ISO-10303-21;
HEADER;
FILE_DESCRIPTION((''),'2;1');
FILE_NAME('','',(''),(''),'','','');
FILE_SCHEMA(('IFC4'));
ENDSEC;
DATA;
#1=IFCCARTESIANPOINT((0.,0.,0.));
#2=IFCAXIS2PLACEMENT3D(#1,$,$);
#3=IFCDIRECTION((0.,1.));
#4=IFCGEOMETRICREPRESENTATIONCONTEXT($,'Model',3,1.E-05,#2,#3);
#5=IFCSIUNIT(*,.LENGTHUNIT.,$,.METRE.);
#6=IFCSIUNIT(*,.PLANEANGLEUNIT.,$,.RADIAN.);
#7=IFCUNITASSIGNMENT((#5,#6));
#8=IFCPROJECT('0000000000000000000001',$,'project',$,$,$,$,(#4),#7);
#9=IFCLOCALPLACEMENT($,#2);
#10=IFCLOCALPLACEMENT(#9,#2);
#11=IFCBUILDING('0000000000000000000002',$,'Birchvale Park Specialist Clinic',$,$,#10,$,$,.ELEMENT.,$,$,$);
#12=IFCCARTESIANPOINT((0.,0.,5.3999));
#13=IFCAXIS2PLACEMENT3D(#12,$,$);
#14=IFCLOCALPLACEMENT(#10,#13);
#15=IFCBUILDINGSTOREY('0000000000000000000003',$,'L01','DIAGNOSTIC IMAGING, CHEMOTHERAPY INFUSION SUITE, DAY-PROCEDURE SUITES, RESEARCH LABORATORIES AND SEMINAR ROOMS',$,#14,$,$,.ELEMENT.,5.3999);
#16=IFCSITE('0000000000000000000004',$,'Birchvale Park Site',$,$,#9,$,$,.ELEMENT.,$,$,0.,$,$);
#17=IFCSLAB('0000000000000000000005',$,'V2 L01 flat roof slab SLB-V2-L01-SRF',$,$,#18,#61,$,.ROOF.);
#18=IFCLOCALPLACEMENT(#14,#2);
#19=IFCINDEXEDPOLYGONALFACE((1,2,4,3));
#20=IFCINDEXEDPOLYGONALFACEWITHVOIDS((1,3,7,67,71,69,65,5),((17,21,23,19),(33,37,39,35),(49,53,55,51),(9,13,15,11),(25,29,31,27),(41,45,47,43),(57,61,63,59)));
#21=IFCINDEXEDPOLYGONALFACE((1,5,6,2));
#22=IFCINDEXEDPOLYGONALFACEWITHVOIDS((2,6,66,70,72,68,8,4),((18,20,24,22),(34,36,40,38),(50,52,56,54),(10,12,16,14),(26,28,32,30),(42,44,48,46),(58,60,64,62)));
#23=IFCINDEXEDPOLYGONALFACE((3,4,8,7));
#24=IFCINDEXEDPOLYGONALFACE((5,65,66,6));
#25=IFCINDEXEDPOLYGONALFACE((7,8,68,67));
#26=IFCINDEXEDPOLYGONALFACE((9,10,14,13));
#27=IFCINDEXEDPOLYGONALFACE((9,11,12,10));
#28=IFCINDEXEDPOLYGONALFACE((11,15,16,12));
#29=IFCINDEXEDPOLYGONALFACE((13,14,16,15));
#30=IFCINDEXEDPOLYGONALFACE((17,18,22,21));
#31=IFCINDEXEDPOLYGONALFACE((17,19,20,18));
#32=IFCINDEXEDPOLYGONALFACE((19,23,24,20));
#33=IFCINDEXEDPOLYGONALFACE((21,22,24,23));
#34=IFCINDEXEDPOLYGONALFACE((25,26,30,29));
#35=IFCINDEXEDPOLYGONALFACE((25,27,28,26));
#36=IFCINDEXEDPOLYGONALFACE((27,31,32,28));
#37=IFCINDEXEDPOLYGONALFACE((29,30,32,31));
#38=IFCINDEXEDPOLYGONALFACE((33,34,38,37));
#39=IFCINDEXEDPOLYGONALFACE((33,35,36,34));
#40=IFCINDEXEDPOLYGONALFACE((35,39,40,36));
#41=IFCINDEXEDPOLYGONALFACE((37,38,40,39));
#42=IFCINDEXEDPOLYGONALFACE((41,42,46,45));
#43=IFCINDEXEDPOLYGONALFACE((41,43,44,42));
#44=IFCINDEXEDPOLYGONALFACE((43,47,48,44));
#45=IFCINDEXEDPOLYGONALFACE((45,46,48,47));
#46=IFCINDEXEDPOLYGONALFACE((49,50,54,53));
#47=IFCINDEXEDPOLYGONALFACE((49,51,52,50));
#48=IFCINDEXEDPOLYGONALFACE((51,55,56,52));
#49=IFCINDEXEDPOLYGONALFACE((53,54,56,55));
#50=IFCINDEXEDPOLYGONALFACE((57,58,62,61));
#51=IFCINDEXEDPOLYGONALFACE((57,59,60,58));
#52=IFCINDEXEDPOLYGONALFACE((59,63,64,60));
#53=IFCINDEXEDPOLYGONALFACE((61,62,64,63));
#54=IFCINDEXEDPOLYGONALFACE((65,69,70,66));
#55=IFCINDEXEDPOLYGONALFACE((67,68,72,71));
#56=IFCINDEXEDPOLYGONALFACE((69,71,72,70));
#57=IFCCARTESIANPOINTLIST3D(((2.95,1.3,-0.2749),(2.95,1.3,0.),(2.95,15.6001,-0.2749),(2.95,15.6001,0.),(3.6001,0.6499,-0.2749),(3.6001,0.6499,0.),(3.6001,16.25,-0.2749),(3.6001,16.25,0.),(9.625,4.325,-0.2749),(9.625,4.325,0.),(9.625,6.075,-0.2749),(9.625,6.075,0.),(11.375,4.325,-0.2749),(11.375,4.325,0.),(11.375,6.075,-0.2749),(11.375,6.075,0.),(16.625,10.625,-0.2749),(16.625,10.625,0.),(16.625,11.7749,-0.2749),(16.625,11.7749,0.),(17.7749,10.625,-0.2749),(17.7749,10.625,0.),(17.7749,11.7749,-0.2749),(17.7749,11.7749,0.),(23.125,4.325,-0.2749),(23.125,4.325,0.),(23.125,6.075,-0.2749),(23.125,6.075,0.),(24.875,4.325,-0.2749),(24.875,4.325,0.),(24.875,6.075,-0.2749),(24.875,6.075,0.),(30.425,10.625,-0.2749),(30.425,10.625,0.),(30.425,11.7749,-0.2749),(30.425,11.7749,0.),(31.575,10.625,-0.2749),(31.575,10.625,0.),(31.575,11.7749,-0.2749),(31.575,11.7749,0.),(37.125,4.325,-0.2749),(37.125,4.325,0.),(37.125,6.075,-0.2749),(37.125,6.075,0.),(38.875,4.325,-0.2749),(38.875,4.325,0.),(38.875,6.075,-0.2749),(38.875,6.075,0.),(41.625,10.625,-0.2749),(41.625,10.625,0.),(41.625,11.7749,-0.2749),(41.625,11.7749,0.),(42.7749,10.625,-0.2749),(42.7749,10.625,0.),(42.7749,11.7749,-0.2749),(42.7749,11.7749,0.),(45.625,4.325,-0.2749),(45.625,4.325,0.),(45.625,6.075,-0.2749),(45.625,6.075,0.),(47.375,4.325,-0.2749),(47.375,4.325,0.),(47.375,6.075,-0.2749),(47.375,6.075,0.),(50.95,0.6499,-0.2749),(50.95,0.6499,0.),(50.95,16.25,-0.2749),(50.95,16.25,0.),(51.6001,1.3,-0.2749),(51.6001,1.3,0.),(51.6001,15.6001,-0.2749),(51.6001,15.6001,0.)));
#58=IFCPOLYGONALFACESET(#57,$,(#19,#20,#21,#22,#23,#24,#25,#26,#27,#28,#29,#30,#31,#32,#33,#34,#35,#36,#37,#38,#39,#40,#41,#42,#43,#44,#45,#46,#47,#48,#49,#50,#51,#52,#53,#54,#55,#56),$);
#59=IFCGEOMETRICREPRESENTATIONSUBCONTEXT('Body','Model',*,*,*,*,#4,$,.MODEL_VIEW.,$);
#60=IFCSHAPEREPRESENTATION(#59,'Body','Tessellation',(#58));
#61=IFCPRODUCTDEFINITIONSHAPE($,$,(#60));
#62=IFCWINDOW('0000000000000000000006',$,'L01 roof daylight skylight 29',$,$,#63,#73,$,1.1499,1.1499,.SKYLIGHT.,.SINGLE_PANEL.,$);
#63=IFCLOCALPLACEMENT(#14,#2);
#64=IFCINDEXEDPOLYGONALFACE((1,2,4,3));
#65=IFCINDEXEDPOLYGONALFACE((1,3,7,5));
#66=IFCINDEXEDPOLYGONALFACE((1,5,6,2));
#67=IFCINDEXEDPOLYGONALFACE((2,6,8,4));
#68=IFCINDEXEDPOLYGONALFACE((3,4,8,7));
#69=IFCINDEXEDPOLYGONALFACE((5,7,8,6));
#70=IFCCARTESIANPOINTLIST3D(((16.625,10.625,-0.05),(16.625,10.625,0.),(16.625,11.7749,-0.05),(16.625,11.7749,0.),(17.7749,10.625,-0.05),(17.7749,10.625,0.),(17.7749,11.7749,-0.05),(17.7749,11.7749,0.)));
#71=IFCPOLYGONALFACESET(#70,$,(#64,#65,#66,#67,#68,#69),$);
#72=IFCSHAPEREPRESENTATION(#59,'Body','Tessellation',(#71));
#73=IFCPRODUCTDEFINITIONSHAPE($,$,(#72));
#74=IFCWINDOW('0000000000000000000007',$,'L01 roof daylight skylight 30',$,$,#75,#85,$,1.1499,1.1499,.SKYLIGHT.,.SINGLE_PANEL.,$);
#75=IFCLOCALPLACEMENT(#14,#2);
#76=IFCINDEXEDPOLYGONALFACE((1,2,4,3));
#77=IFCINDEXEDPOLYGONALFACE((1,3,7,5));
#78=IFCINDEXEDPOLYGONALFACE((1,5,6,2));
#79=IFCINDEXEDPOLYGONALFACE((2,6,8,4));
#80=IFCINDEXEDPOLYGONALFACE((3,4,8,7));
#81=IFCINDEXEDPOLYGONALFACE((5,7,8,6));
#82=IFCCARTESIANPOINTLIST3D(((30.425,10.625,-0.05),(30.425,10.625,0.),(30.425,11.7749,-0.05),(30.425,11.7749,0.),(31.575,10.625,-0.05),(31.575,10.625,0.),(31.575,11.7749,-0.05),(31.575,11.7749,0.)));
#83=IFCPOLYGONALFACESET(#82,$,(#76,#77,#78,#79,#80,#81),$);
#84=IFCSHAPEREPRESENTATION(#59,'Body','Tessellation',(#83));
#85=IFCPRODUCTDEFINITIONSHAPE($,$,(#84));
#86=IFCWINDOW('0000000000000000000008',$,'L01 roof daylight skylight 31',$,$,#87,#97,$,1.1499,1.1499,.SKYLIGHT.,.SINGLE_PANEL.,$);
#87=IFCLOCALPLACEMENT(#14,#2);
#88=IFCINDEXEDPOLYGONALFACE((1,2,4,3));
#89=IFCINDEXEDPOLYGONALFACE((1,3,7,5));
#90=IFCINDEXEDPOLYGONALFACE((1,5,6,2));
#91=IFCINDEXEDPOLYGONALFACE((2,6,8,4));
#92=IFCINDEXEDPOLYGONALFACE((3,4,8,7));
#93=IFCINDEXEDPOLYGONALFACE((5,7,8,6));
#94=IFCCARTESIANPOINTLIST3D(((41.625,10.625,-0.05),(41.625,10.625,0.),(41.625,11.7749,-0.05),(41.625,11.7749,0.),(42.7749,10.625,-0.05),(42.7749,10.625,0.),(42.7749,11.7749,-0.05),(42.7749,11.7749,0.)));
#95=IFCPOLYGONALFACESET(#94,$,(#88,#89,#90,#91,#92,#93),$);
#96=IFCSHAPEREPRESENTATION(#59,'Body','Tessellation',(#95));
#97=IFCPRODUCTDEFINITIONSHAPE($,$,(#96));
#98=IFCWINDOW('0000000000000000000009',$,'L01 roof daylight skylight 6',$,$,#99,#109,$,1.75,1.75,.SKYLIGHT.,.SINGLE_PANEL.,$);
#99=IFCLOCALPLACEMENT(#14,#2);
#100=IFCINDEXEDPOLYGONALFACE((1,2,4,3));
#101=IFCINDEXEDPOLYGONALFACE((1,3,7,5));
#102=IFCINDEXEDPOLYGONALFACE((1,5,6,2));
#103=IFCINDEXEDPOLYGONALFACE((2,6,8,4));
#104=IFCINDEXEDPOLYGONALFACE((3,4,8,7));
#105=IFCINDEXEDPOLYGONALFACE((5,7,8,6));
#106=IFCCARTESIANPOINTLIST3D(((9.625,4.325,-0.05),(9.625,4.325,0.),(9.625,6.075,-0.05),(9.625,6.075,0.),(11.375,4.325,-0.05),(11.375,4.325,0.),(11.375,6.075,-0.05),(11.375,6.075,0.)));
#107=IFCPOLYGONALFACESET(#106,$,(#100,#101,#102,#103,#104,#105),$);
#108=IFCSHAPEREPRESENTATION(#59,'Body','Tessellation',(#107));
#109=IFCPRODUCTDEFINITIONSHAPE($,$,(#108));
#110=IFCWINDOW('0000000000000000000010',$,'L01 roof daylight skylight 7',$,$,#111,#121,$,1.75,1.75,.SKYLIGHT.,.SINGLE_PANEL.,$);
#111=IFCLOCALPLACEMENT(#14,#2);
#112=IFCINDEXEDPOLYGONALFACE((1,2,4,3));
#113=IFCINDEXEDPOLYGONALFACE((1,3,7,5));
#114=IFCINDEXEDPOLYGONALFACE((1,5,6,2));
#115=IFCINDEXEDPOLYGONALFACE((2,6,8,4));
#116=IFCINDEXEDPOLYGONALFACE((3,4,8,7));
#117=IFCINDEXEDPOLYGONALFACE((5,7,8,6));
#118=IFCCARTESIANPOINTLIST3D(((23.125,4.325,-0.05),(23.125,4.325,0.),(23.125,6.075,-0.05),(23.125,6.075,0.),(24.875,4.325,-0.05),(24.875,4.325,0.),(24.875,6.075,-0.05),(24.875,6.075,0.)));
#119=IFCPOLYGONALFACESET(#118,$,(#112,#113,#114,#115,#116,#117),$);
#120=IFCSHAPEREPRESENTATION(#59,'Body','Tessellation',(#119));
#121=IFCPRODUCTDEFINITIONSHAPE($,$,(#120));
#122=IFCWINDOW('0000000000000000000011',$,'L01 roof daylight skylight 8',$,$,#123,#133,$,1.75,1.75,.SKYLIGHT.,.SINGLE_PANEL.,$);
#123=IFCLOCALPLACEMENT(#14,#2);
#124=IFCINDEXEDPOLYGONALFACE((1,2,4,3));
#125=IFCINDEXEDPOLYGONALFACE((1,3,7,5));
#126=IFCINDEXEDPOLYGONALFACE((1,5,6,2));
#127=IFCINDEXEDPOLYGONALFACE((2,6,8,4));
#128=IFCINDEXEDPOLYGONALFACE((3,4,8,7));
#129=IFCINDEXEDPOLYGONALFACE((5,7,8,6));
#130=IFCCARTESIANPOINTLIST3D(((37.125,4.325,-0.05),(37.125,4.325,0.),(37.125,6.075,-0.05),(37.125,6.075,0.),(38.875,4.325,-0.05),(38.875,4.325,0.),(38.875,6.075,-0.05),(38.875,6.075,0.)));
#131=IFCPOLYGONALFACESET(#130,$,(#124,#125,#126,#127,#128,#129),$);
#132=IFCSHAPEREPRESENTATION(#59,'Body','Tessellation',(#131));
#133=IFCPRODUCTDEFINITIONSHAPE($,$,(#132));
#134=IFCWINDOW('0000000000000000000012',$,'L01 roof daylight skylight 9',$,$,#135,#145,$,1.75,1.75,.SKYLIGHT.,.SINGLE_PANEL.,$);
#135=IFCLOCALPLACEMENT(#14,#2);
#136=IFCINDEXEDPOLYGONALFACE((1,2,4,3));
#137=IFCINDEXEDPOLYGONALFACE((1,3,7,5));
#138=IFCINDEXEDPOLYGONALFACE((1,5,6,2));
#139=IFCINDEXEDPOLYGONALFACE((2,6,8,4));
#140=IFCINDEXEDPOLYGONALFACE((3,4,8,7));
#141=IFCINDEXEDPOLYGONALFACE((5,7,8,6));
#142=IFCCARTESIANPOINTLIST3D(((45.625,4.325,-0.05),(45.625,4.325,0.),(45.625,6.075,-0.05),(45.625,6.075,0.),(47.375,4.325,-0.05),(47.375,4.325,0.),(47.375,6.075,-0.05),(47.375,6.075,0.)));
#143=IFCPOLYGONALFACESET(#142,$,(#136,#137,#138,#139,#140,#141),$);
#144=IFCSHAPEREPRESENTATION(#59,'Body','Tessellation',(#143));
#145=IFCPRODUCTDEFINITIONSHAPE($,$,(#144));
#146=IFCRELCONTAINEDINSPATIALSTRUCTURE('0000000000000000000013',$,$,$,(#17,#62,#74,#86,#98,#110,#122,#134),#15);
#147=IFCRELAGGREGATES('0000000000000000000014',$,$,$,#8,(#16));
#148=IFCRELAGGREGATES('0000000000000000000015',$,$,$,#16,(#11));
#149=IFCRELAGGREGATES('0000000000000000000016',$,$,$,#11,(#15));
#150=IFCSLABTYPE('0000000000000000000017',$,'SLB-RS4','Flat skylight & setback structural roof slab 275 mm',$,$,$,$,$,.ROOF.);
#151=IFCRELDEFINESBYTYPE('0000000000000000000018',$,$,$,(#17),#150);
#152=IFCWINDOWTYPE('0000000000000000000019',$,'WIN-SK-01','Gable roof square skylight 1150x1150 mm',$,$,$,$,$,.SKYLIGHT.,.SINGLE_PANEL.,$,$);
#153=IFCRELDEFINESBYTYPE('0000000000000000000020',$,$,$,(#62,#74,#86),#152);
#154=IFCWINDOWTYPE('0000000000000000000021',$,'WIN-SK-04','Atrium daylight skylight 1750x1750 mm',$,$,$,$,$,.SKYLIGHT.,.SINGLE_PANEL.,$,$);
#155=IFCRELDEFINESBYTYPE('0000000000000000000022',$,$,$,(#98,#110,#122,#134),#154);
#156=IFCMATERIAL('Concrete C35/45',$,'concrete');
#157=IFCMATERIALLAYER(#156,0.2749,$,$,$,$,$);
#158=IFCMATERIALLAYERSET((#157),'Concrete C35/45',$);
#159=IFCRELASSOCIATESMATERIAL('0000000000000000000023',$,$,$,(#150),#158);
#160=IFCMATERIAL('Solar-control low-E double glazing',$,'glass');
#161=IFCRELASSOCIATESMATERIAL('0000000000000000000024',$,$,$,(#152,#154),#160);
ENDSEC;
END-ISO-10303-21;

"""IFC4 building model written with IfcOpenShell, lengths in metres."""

from ifc_helpers import new_model, si_unit, direction, frame, origin, origin_2d, place, context, subcontext, project, spatial, polyline, rectangle, outline, extrude, material, layer, layer_set, type_object, element, fill, save


model = new_model("IFC4")

# Units and contexts
model_context = context("Model", 3, precision=1e-05, world=origin(), true_north=direction((0.0, 1.0)))
body_context = subcontext(model_context, "Body", "Model", "MODEL_VIEW")
ifc_project = project(units=[si_unit("LENGTHUNIT", "METRE"), si_unit("PLANEANGLEUNIT", "RADIAN")], contexts=[model_context])

# Site, building, storey
site_placement = place(None, origin())
site = spatial("IfcSite", under=ifc_project, at=site_placement, Name="Birchvale Park Site", CompositionType="ELEMENT", RefElevation=0.0)
building_placement = place(site_placement, origin())
building = spatial("IfcBuilding", under=site, at=building_placement, Name="Birchvale Park Specialist Clinic", CompositionType="ELEMENT")
storey_placement = place(building_placement, frame((0.0, 0.0, 5.3999)))
storey = spatial("IfcBuildingStorey", under=building, at=storey_placement, Name="L01", Description="DIAGNOSTIC IMAGING, CHEMOTHERAPY INFUSION SUITE, DAY-PROCEDURE SUITES, RESEARCH LABORATORIES AND SEMINAR ROOMS", CompositionType="ELEMENT", Elevation=5.3999)

# Slab, openings, windows
ifc_material_1 = material(Name="Concrete C35/45", Category="concrete")
ifc_layer = layer(ifc_material_1, 0.2749)
ifc_layer_set = layer_set([ifc_layer], Name="Concrete C35/45")
slab_type = type_object("IfcSlabType", Name="SLB-RS4", Description="Flat skylight & setback structural roof slab 275 mm", PredefinedType="ROOF", material=ifc_layer_set)
slab_1_placement = place(storey_placement, frame((0.0, 0.0, -0.2749)))
slab_1 = element("IfcSlab", 1, at=slab_1_placement, inside=storey, type_object=slab_type, Name="V2 L01 flat roof slab SLB-V2-L01-SRF", PredefinedType="ROOF", context=body_context, shape_type="SweptSolid", body=[
    extrude(outline(polyline([(3.6001, 0.6499), (50.95, 0.6499), (51.6001, 1.3), (51.6001, 15.6001), (50.95, 16.25), (3.6001, 16.25), (2.95, 15.6001), (2.95, 1.3), (3.6001, 0.6499)])), origin(), (0.0, 0.0, 1.0), 0.2749),
])
opening_1_placement = place(slab_1_placement, frame((10.5, 5.2, 0.0)))
opening_1 = element("IfcOpeningElement", 2, at=opening_1_placement, cuts=slab_1, PredefinedType="OPENING", context=body_context, shape_type="SweptSolid", body=[
    extrude(rectangle(XDim=1.75, YDim=1.75, at=origin_2d()), frame((0.0, 0.0, -0.01)), (0.0, 0.0, 1.0), 0.2949),
])
opening_2_placement = place(slab_1_placement, frame((24.0, 5.2, 0.0)))
opening_2 = element("IfcOpeningElement", 3, at=opening_2_placement, cuts=slab_1, PredefinedType="OPENING", context=body_context, shape_type="SweptSolid", body=[
    extrude(rectangle(XDim=1.75, YDim=1.75, at=origin_2d()), frame((0.0, 0.0, -0.01)), (0.0, 0.0, 1.0), 0.2949),
])
opening_3_placement = place(slab_1_placement, frame((38.0, 5.2, 0.0)))
opening_3 = element("IfcOpeningElement", 4, at=opening_3_placement, cuts=slab_1, PredefinedType="OPENING", context=body_context, shape_type="SweptSolid", body=[
    extrude(rectangle(XDim=1.75, YDim=1.75, at=origin_2d()), frame((0.0, 0.0, -0.01)), (0.0, 0.0, 1.0), 0.2949),
])
opening_4_placement = place(slab_1_placement, frame((46.5, 5.2, 0.0)))
opening_4 = element("IfcOpeningElement", 5, at=opening_4_placement, cuts=slab_1, PredefinedType="OPENING", context=body_context, shape_type="SweptSolid", body=[
    extrude(rectangle(XDim=1.75, YDim=1.75, at=origin_2d()), frame((0.0, 0.0, -0.01)), (0.0, 0.0, 1.0), 0.2949),
])
opening_5_placement = place(slab_1_placement, frame((17.2, 11.2, 0.0)))
opening_5 = element("IfcOpeningElement", 6, at=opening_5_placement, cuts=slab_1, PredefinedType="OPENING", context=body_context, shape_type="SweptSolid", body=[
    extrude(rectangle(XDim=1.1499, YDim=1.1499, at=origin_2d()), frame((0.0, 0.0, -0.01)), (0.0, 0.0, 1.0), 0.2949),
])
opening_6_placement = place(slab_1_placement, frame((31.0, 11.2, 0.0)))
opening_6 = element("IfcOpeningElement", 7, at=opening_6_placement, cuts=slab_1, PredefinedType="OPENING", context=body_context, shape_type="SweptSolid", body=[
    extrude(rectangle(XDim=1.1499, YDim=1.1499, at=origin_2d()), frame((0.0, 0.0, -0.01)), (0.0, 0.0, 1.0), 0.2949),
])
opening_7_placement = place(slab_1_placement, frame((42.2, 11.2, 0.0)))
opening_7 = element("IfcOpeningElement", 8, at=opening_7_placement, cuts=slab_1, PredefinedType="OPENING", context=body_context, shape_type="SweptSolid", body=[
    extrude(rectangle(XDim=1.1499, YDim=1.1499, at=origin_2d()), frame((0.0, 0.0, -0.01)), (0.0, 0.0, 1.0), 0.2949),
])
ifc_material_2 = material(Name="Solar-control low-E double glazing", Category="glass")
window_type_1 = type_object("IfcWindowType", Name="WIN-SK-01", Description="Gable roof square skylight 1150x1150 mm", PartitioningType="SINGLE_PANEL", PredefinedType="SKYLIGHT", material=ifc_material_2)
window_1_placement = place(opening_5_placement, frame((0.0, 0.0, 0.2249)))
window_1 = element("IfcWindow", 9, at=window_1_placement, inside=storey, type_object=window_type_1, Name="L01 roof daylight skylight 29", OverallHeight=1.1499, OverallWidth=1.1499, PartitioningType="SINGLE_PANEL", PredefinedType="SKYLIGHT", context=body_context, shape_type="SweptSolid", body=[
    extrude(rectangle(XDim=1.1499, YDim=1.1499, at=origin_2d()), origin(), (0.0, 0.0, 1.0), 0.05),
])
fill(opening_5, window_1)
window_2_placement = place(opening_6_placement, frame((0.0, 0.0, 0.2249)))
window_2 = element("IfcWindow", 10, at=window_2_placement, inside=storey, type_object=window_type_1, Name="L01 roof daylight skylight 30", OverallHeight=1.1499, OverallWidth=1.1499, PartitioningType="SINGLE_PANEL", PredefinedType="SKYLIGHT", context=body_context, shape_type="SweptSolid", body=[
    extrude(rectangle(XDim=1.1499, YDim=1.1499, at=origin_2d()), origin(), (0.0, 0.0, 1.0), 0.05),
])
fill(opening_6, window_2)
window_3_placement = place(opening_7_placement, frame((0.0, 0.0, 0.2249)))
window_3 = element("IfcWindow", 11, at=window_3_placement, inside=storey, type_object=window_type_1, Name="L01 roof daylight skylight 31", OverallHeight=1.1499, OverallWidth=1.1499, PartitioningType="SINGLE_PANEL", PredefinedType="SKYLIGHT", context=body_context, shape_type="SweptSolid", body=[
    extrude(rectangle(XDim=1.1499, YDim=1.1499, at=origin_2d()), origin(), (0.0, 0.0, 1.0), 0.05),
])
fill(opening_7, window_3)
window_type_2 = type_object("IfcWindowType", Name="WIN-SK-04", Description="Atrium daylight skylight 1750x1750 mm", PartitioningType="SINGLE_PANEL", PredefinedType="SKYLIGHT", material=ifc_material_2)
window_4_placement = place(opening_1_placement, frame((0.0, 0.0, 0.2249)))
window_4 = element("IfcWindow", 12, at=window_4_placement, inside=storey, type_object=window_type_2, Name="L01 roof daylight skylight 6", OverallHeight=1.75, OverallWidth=1.75, PartitioningType="SINGLE_PANEL", PredefinedType="SKYLIGHT", context=body_context, shape_type="SweptSolid", body=[
    extrude(rectangle(XDim=1.75, YDim=1.75, at=origin_2d()), origin(), (0.0, 0.0, 1.0), 0.05),
])
fill(opening_1, window_4)
window_5_placement = place(opening_2_placement, frame((0.0, 0.0, 0.2249)))
window_5 = element("IfcWindow", 13, at=window_5_placement, inside=storey, type_object=window_type_2, Name="L01 roof daylight skylight 7", OverallHeight=1.75, OverallWidth=1.75, PartitioningType="SINGLE_PANEL", PredefinedType="SKYLIGHT", context=body_context, shape_type="SweptSolid", body=[
    extrude(rectangle(XDim=1.75, YDim=1.75, at=origin_2d()), origin(), (0.0, 0.0, 1.0), 0.05),
])
fill(opening_2, window_5)
window_6_placement = place(opening_3_placement, frame((0.0, 0.0, 0.2249)))
window_6 = element("IfcWindow", 14, at=window_6_placement, inside=storey, type_object=window_type_2, Name="L01 roof daylight skylight 8", OverallHeight=1.75, OverallWidth=1.75, PartitioningType="SINGLE_PANEL", PredefinedType="SKYLIGHT", context=body_context, shape_type="SweptSolid", body=[
    extrude(rectangle(XDim=1.75, YDim=1.75, at=origin_2d()), origin(), (0.0, 0.0, 1.0), 0.05),
])
fill(opening_3, window_6)
window_7_placement = place(opening_4_placement, frame((0.0, 0.0, 0.2249)))
window_7 = element("IfcWindow", 15, at=window_7_placement, inside=storey, type_object=window_type_2, Name="L01 roof daylight skylight 9", OverallHeight=1.75, OverallWidth=1.75, PartitioningType="SINGLE_PANEL", PredefinedType="SKYLIGHT", context=body_context, shape_type="SweptSolid", body=[
    extrude(rectangle(XDim=1.75, YDim=1.75, at=origin_2d()), origin(), (0.0, 0.0, 1.0), 0.05),
])
fill(opening_4, window_7)

save(model, "model.ifc")
